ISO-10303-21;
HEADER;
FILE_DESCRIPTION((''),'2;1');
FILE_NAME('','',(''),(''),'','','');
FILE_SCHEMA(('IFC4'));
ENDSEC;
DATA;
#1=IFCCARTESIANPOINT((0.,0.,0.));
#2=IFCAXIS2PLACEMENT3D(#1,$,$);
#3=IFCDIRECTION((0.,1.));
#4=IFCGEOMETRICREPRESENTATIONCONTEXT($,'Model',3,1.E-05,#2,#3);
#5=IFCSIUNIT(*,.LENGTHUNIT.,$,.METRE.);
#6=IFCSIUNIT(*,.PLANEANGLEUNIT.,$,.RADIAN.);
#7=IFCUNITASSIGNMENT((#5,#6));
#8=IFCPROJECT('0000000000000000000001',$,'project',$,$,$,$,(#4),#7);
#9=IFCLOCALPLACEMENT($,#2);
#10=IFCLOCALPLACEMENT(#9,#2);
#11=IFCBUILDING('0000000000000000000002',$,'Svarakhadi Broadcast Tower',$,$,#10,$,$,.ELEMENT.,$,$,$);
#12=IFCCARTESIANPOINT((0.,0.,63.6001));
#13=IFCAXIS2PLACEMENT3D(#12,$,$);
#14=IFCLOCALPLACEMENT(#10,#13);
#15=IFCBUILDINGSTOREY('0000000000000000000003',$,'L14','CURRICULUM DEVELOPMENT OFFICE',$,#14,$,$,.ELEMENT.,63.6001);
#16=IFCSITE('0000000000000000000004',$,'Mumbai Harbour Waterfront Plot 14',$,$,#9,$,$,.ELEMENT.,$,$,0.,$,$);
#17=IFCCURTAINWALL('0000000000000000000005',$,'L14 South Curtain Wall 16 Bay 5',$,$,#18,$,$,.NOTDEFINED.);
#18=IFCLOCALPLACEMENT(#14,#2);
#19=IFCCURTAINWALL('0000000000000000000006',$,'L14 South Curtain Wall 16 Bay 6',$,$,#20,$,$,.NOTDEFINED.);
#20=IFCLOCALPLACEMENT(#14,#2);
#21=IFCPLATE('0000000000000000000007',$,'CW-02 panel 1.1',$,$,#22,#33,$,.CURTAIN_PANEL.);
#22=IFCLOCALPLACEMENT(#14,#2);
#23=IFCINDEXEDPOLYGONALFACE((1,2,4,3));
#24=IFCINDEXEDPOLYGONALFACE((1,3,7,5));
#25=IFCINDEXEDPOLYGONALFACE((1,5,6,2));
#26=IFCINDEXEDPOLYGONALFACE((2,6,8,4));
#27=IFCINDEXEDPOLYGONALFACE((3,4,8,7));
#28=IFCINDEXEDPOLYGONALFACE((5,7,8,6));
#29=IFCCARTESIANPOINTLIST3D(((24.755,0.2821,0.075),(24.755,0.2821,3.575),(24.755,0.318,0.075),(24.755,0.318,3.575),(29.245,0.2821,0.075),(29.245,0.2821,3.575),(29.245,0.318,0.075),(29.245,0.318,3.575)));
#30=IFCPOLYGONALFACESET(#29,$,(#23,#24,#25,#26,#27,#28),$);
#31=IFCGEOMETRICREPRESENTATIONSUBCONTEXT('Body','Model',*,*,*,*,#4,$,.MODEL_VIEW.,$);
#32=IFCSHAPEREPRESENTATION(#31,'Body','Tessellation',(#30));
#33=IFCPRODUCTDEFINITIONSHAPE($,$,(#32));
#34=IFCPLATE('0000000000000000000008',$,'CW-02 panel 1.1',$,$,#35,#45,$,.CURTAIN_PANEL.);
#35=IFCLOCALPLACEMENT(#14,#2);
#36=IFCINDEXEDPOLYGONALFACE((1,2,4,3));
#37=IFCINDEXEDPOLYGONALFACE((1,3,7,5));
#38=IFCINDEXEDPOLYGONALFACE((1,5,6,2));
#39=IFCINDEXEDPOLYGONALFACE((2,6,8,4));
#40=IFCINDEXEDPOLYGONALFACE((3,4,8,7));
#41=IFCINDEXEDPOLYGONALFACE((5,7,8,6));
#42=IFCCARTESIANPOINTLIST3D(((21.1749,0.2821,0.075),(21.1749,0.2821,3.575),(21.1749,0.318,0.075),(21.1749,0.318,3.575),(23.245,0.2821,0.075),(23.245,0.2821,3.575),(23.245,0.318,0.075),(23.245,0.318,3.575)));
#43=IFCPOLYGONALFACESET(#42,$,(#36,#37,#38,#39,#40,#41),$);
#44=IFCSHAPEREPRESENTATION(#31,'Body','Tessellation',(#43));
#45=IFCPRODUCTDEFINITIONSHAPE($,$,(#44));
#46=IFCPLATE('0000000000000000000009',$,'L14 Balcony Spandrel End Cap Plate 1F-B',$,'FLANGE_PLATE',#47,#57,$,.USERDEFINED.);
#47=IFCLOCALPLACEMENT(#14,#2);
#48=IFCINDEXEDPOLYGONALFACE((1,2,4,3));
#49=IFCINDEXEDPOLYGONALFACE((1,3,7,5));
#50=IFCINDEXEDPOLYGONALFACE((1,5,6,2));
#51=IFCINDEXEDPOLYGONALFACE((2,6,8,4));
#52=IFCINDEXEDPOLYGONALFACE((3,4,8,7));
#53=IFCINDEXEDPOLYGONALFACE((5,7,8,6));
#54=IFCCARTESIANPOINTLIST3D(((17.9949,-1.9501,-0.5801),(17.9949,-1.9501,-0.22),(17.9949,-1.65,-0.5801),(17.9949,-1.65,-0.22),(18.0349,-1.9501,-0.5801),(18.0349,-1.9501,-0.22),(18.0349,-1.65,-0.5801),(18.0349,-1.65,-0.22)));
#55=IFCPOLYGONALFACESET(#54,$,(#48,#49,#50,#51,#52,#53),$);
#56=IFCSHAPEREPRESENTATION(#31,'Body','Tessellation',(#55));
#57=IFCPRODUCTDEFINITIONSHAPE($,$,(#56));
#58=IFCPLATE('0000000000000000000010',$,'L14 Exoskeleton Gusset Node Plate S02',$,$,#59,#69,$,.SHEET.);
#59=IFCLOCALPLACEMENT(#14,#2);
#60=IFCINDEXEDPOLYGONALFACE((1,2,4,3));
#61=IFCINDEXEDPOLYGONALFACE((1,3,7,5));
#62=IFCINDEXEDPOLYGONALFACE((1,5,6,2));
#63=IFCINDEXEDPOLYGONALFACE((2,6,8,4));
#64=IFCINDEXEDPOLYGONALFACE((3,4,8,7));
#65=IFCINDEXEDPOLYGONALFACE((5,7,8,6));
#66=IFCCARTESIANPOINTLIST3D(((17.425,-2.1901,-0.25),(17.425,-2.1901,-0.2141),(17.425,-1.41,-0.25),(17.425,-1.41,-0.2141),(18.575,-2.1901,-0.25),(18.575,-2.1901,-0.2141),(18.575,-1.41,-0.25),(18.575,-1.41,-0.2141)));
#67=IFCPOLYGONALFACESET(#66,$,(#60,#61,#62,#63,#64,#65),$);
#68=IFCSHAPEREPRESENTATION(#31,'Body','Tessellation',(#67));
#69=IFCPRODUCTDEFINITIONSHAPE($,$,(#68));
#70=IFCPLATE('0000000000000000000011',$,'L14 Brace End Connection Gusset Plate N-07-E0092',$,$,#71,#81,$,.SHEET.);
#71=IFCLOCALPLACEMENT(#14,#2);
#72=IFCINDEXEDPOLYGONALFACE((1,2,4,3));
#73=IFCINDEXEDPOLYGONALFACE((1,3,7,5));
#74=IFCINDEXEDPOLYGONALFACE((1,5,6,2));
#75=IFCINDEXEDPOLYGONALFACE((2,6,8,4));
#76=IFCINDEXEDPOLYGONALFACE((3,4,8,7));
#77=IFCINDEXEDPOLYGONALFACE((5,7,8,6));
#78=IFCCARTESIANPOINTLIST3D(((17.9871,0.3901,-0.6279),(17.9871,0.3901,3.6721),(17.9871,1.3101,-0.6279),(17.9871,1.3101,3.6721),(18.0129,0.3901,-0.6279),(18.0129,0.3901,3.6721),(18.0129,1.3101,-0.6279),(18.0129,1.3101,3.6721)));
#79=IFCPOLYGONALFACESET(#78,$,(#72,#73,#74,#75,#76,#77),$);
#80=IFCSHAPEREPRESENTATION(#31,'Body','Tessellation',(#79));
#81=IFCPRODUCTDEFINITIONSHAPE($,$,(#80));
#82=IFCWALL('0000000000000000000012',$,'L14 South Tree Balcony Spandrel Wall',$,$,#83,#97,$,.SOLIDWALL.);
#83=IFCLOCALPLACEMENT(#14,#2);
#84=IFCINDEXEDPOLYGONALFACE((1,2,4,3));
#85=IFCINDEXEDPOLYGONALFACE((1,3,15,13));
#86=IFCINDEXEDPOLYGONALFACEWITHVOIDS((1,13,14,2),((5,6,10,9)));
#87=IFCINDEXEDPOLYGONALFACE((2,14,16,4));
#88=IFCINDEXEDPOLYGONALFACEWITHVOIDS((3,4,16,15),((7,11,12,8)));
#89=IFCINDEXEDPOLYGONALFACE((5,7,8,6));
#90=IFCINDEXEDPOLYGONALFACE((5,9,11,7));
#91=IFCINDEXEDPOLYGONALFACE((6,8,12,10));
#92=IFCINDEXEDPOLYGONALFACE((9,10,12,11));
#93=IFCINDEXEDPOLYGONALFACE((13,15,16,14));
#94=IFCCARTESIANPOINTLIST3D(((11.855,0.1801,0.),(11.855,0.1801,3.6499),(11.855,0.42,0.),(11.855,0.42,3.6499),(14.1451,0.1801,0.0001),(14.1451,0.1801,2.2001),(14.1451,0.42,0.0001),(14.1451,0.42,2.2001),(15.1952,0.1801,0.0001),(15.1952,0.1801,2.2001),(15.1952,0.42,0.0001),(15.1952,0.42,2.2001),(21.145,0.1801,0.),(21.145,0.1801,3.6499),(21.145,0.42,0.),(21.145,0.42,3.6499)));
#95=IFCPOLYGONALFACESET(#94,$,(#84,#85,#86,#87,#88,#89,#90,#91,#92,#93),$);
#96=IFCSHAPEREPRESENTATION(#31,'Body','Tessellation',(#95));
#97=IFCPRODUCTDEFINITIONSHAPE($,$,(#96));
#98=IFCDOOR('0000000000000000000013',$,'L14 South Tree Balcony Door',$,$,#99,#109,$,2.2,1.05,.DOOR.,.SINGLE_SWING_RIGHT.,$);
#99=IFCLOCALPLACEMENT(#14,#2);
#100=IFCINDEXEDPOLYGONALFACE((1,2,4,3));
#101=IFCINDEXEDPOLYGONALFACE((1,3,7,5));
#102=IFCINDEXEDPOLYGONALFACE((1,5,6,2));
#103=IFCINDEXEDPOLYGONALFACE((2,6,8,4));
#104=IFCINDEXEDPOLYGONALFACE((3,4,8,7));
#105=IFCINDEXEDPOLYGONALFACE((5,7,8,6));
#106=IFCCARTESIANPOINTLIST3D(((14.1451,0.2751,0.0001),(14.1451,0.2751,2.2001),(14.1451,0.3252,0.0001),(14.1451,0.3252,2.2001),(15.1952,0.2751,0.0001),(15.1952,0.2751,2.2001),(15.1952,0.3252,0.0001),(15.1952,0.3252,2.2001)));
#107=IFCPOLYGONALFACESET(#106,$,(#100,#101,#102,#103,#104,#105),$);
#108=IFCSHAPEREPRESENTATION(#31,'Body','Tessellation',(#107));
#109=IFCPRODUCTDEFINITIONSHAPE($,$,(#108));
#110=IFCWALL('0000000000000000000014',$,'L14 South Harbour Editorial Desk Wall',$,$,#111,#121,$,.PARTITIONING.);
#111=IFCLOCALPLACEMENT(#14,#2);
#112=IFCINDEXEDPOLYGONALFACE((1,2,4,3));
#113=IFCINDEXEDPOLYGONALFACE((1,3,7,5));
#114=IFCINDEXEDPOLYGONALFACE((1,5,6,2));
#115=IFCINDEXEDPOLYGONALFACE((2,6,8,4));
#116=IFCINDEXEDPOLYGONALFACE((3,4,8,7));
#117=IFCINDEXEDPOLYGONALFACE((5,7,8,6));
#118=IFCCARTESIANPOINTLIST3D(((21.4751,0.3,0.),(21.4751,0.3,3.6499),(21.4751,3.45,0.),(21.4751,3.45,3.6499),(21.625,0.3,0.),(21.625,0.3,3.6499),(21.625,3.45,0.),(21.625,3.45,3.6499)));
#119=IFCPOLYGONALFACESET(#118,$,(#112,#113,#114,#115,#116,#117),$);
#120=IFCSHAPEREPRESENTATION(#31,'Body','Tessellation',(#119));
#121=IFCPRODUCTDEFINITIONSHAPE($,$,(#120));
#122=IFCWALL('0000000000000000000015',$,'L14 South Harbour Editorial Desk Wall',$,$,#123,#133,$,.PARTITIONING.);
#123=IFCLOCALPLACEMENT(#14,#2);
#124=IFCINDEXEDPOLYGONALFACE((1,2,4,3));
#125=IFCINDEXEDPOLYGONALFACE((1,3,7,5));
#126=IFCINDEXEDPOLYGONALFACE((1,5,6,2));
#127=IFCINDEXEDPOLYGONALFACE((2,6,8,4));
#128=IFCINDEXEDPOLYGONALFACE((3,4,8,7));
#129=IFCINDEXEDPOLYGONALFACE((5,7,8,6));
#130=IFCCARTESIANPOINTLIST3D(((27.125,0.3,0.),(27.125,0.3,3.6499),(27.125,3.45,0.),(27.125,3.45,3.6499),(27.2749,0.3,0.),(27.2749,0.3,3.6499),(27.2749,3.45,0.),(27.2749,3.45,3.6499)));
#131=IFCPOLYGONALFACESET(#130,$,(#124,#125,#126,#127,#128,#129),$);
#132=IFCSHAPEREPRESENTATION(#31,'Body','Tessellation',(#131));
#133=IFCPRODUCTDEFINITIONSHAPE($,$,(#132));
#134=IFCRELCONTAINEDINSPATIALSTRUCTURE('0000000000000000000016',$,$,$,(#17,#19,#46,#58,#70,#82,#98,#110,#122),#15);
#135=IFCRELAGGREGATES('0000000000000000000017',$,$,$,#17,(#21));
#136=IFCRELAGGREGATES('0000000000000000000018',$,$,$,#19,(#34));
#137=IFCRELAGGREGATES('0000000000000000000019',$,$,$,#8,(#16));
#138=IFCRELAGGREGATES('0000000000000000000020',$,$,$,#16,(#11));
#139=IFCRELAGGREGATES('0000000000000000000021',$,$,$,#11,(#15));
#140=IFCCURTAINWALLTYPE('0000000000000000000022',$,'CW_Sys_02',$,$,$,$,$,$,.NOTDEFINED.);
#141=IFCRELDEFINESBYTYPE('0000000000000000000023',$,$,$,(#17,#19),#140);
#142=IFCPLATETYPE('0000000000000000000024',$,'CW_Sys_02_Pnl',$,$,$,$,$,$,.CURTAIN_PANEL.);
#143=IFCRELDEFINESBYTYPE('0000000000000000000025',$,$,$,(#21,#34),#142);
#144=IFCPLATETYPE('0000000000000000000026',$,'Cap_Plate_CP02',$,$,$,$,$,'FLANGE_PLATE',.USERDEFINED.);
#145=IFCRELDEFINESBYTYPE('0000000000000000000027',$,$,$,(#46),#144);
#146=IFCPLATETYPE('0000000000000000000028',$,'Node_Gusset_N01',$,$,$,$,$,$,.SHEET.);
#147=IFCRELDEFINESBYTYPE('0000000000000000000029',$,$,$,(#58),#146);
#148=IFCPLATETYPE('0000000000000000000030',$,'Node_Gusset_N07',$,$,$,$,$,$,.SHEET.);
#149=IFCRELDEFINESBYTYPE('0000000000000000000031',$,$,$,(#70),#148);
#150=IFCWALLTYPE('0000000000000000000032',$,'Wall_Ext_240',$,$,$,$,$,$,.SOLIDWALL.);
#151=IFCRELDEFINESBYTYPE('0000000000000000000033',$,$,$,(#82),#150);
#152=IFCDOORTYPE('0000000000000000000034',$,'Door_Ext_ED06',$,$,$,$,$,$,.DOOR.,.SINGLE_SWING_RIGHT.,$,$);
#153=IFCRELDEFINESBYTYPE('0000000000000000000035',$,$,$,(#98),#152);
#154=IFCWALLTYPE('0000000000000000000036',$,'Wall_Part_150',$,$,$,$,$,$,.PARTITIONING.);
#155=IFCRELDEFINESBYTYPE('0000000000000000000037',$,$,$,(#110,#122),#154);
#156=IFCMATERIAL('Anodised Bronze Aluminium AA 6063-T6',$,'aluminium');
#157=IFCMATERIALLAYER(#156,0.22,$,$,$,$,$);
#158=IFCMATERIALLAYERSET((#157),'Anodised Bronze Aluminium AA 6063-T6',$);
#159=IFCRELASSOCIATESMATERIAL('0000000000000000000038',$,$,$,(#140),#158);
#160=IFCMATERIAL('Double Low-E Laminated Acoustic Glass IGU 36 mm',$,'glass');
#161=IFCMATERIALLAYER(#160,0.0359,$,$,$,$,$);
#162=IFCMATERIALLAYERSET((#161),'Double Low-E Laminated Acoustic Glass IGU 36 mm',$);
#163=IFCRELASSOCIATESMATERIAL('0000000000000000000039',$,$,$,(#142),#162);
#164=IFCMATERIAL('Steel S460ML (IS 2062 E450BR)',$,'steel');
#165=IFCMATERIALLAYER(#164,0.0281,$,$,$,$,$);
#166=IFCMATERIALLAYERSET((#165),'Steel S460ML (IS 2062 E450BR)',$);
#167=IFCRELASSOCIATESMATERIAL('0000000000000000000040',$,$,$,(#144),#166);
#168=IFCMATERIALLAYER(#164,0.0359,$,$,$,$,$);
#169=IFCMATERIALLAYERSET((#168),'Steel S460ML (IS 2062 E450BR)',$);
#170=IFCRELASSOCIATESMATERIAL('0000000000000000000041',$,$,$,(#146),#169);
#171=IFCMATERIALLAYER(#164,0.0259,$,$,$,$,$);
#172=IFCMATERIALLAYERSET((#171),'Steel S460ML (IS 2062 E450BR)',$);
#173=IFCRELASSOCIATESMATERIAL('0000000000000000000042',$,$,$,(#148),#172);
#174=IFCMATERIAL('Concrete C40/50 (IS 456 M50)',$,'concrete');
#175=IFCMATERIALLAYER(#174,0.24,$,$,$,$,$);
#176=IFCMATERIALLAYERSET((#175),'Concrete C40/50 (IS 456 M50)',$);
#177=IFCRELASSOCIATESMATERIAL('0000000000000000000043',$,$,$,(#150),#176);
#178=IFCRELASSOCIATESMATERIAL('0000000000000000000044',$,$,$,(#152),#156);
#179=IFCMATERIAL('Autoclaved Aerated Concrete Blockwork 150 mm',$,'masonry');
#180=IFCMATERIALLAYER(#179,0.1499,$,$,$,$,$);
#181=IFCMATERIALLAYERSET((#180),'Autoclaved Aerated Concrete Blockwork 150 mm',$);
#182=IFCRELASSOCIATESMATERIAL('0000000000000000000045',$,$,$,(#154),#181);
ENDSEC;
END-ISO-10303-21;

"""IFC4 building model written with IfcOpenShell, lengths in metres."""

from ifc_helpers import new_model, si_unit, direction, frame, frame_2d, origin, origin_2d, place, context, subcontext, project, spatial, rectangle, extrude, material, layer, layer_set, type_object, element, fill, aggregate, save


model = new_model("IFC4")

# Units and contexts
model_context = context("Model", 3, precision=1e-05, world=origin(), true_north=direction((0.0, 1.0)))
body_context = subcontext(model_context, "Body", "Model", "MODEL_VIEW")
ifc_project = project(units=[si_unit("LENGTHUNIT", "METRE"), si_unit("PLANEANGLEUNIT", "RADIAN")], contexts=[model_context])

# Site, building, storey
site_placement = place(None, origin())
site = spatial("IfcSite", under=ifc_project, at=site_placement, Name="Mumbai Harbour Waterfront Plot 14", CompositionType="ELEMENT", RefElevation=0.0)
building_placement = place(site_placement, origin())
building = spatial("IfcBuilding", under=site, at=building_placement, Name="Svarakhadi Broadcast Tower", CompositionType="ELEMENT")
storey_placement = place(building_placement, frame((0.0, 0.0, 63.6001)))
storey = spatial("IfcBuildingStorey", under=building, at=storey_placement, Name="L14", Description="CURRICULUM DEVELOPMENT OFFICE", CompositionType="ELEMENT", Elevation=63.6001)

# Curtain wall
ifc_material_1 = material(Name="Anodised Bronze Aluminium AA 6063-T6", Category="aluminium")
ifc_layer_1 = layer(ifc_material_1, 0.22)
ifc_layer_set_1 = layer_set([ifc_layer_1], Name="Anodised Bronze Aluminium AA 6063-T6")
curtain_wall_type = type_object("IfcCurtainWallType", Name="CW_Sys_02", PredefinedType="NOTDEFINED", material=ifc_layer_set_1)
curtain_wall_1_placement = place(storey_placement, origin())
curtain_wall_1 = element("IfcCurtainWall", 1, at=curtain_wall_1_placement, inside=storey, type_object=curtain_wall_type, Name="L14 South Curtain Wall 16 Bay 5", PredefinedType="NOTDEFINED")

# Curtain wall
curtain_wall_2_placement = place(storey_placement, origin())
curtain_wall_2 = element("IfcCurtainWall", 2, at=curtain_wall_2_placement, inside=storey, type_object=curtain_wall_type, Name="L14 South Curtain Wall 16 Bay 6", PredefinedType="NOTDEFINED")

# Shared definitions
ifc_material_2 = material(Name="Steel S460ML (IS 2062 E450BR)", Category="steel")

# Plates
ifc_material_3 = material(Name="Double Low-E Laminated Acoustic Glass IGU 36 mm", Category="glass")
ifc_layer_2 = layer(ifc_material_3, 0.0359)
ifc_layer_set_2 = layer_set([ifc_layer_2], Name="Double Low-E Laminated Acoustic Glass IGU 36 mm")
plate_type_1 = type_object("IfcPlateType", Name="CW_Sys_02_Pnl", PredefinedType="CURTAIN_PANEL", material=ifc_layer_set_2)
plate_1_placement = place(storey_placement, frame((27.0, 0.3, 0.075), z_axis=(0.0, 0.0, 1.0), x_axis=(-1.0, 0.0, 0.0)))
plate_1 = element("IfcPlate", 3, at=plate_1_placement, type_object=plate_type_1, Name="CW-02 panel 1.1", PredefinedType="CURTAIN_PANEL", context=body_context, shape_type="SweptSolid", body=[
    extrude(rectangle(XDim=4.49, YDim=0.0359, at=origin_2d()), origin(), (0.0, 0.0, 1.0), 3.5),
])
aggregate(curtain_wall_1, [plate_1])
plate_2_placement = place(storey_placement, frame((22.21, 0.3, 0.075), z_axis=(0.0, 0.0, 1.0), x_axis=(-1.0, 0.0, 0.0)))
plate_2 = element("IfcPlate", 4, at=plate_2_placement, type_object=plate_type_1, Name="CW-02 panel 1.1", PredefinedType="CURTAIN_PANEL", context=body_context, shape_type="SweptSolid", body=[
    extrude(rectangle(XDim=2.0701, YDim=0.0359, at=origin_2d()), origin(), (0.0, 0.0, 1.0), 3.5),
])
aggregate(curtain_wall_2, [plate_2])

# Plates
ifc_layer_3 = layer(ifc_material_2, 0.0281)
ifc_layer_set_3 = layer_set([ifc_layer_3], Name="Steel S460ML (IS 2062 E450BR)")
plate_type_2 = type_object("IfcPlateType", Name="Cap_Plate_CP02", ElementType="FLANGE_PLATE", PredefinedType="USERDEFINED", material=ifc_layer_set_3)
plate_3_placement = place(storey_placement, frame((18.0149, -1.8, -0.5801), z_axis=(0.0, 0.0, 1.0), x_axis=(1.0, 0.0, 0.0)))
element("IfcPlate", 5, at=plate_3_placement, inside=storey, type_object=plate_type_2, Name="L14 Balcony Spandrel End Cap Plate 1F-B", ObjectType="FLANGE_PLATE", PredefinedType="USERDEFINED", context=body_context, shape_type="SweptSolid", body=[
    extrude(rectangle(XDim=0.04, YDim=0.3, at=origin_2d()), origin(), (0.0, 0.0, 1.0), 0.3601),
])
ifc_layer_4 = layer(ifc_material_2, 0.0359)
ifc_layer_set_4 = layer_set([ifc_layer_4], Name="Steel S460ML (IS 2062 E450BR)")
plate_type_3 = type_object("IfcPlateType", Name="Node_Gusset_N01", PredefinedType="SHEET", material=ifc_layer_set_4)
plate_4_placement = place(storey_placement, frame((18.0, -1.8, -0.25), z_axis=(0.0, 0.0, 1.0), x_axis=(1.0, 0.0, 0.0)))
element("IfcPlate", 6, at=plate_4_placement, inside=storey, type_object=plate_type_3, Name="L14 Exoskeleton Gusset Node Plate S02", PredefinedType="SHEET", context=body_context, shape_type="SweptSolid", body=[
    extrude(rectangle(XDim=1.1499, YDim=0.78, at=origin_2d()), origin(), (0.0, 0.0, 1.0), 0.0359),
])
ifc_layer_5 = layer(ifc_material_2, 0.0259)
ifc_layer_set_5 = layer_set([ifc_layer_5], Name="Steel S460ML (IS 2062 E450BR)")
plate_type_4 = type_object("IfcPlateType", Name="Node_Gusset_N07", PredefinedType="SHEET", material=ifc_layer_set_5)
plate_5_placement = place(storey_placement, frame((18.0, 0.8501, -0.6279), z_axis=(0.0, 0.0, 1.0), x_axis=(0.0, 1.0, 0.0)))
element("IfcPlate", 7, at=plate_5_placement, inside=storey, type_object=plate_type_4, Name="L14 Brace End Connection Gusset Plate N-07-E0092", PredefinedType="SHEET", context=body_context, shape_type="SweptSolid", body=[
    extrude(rectangle(XDim=0.9199, YDim=0.0259, at=origin_2d()), origin(), (0.0, 0.0, 1.0), 4.3),
])

# Wall, opening, door
ifc_material_4 = material(Name="Concrete C40/50 (IS 456 M50)", Category="concrete")
ifc_layer_6 = layer(ifc_material_4, 0.24)
ifc_layer_set_6 = layer_set([ifc_layer_6], Name="Concrete C40/50 (IS 456 M50)")
wall_type_1 = type_object("IfcWallType", Name="Wall_Ext_240", PredefinedType="SOLIDWALL", material=ifc_layer_set_6)
wall_placement = place(storey_placement, frame((21.145, 0.3, 0.0), z_axis=(0.0, 0.0, 1.0), x_axis=(-1.0, 0.0, 0.0)))
wall = element("IfcWall", 8, at=wall_placement, inside=storey, type_object=wall_type_1, Name="L14 South Tree Balcony Spandrel Wall", PredefinedType="SOLIDWALL", context=body_context, shape_type="SweptSolid", body=[
    extrude(rectangle(XDim=9.29, YDim=0.24, at=frame_2d((4.645, 0.0))), origin(), (0.0, 0.0, 1.0), 3.6499),
])
opening_placement = place(wall_placement, frame((5.95, 0.0, 0.0)))
opening = element("IfcOpeningElement", 9, at=opening_placement, cuts=wall, PredefinedType="OPENING", context=body_context, shape_type="SweptSolid", body=[
    extrude(rectangle(XDim=1.05, YDim=2.2, at=frame_2d((0.5249, 1.1001))), frame((0.0, 0.1299, 0.0), z_axis=(0.0, -1.0, 0.0), x_axis=(1.0, 0.0, 0.0)), (0.0, 0.0, 1.0), 0.26),
])
door_type = type_object("IfcDoorType", Name="Door_Ext_ED06", OperationType="SINGLE_SWING_RIGHT", PredefinedType="DOOR", material=ifc_material_1)
door_placement = place(opening_placement, origin())
door = element("IfcDoor", 10, at=door_placement, inside=storey, type_object=door_type, Name="L14 South Tree Balcony Door", OperationType="SINGLE_SWING_RIGHT", OverallHeight=2.2, OverallWidth=1.05, PredefinedType="DOOR", context=body_context, shape_type="SweptSolid", body=[
    extrude(rectangle(XDim=1.05, YDim=2.2, at=frame_2d((0.5249, 1.1001))), frame((0.0, 0.0249, 0.0), z_axis=(0.0, -1.0, 0.0), x_axis=(1.0, 0.0, 0.0)), (0.0, 0.0, 1.0), 0.05),
])
fill(opening, door)

# Walls
ifc_material_5 = material(Name="Autoclaved Aerated Concrete Blockwork 150 mm", Category="masonry")
ifc_layer_7 = layer(ifc_material_5, 0.1499)
ifc_layer_set_7 = layer_set([ifc_layer_7], Name="Autoclaved Aerated Concrete Blockwork 150 mm")
wall_type_2 = type_object("IfcWallType", Name="Wall_Part_150", PredefinedType="PARTITIONING", material=ifc_layer_set_7)
for number, where, z_axis, x_axis, name in (
    (11, (21.55, 0.3, 0.0), (0.0, 0.0, 1.0), (0.0, 1.0, 0.0), "L14 South Harbour Editorial Desk Wall"),
    (12, (27.2, 0.3, 0.0), (0.0, 0.0, 1.0), (0.0, 1.0, 0.0), "L14 South Harbour Editorial Desk Wall"),
):
    element("IfcWall", number, at=place(storey_placement, frame(where, z_axis=z_axis, x_axis=x_axis)), inside=storey, type_object=wall_type_2, Name=name, PredefinedType="PARTITIONING", context=body_context, shape_type="SweptSolid", body=[
        extrude(rectangle(XDim=3.1499, YDim=0.1499, at=frame_2d((1.575, 0.0))), origin(), (0.0, 0.0, 1.0), 3.6499),
    ])

save(model, "model.ifc")
